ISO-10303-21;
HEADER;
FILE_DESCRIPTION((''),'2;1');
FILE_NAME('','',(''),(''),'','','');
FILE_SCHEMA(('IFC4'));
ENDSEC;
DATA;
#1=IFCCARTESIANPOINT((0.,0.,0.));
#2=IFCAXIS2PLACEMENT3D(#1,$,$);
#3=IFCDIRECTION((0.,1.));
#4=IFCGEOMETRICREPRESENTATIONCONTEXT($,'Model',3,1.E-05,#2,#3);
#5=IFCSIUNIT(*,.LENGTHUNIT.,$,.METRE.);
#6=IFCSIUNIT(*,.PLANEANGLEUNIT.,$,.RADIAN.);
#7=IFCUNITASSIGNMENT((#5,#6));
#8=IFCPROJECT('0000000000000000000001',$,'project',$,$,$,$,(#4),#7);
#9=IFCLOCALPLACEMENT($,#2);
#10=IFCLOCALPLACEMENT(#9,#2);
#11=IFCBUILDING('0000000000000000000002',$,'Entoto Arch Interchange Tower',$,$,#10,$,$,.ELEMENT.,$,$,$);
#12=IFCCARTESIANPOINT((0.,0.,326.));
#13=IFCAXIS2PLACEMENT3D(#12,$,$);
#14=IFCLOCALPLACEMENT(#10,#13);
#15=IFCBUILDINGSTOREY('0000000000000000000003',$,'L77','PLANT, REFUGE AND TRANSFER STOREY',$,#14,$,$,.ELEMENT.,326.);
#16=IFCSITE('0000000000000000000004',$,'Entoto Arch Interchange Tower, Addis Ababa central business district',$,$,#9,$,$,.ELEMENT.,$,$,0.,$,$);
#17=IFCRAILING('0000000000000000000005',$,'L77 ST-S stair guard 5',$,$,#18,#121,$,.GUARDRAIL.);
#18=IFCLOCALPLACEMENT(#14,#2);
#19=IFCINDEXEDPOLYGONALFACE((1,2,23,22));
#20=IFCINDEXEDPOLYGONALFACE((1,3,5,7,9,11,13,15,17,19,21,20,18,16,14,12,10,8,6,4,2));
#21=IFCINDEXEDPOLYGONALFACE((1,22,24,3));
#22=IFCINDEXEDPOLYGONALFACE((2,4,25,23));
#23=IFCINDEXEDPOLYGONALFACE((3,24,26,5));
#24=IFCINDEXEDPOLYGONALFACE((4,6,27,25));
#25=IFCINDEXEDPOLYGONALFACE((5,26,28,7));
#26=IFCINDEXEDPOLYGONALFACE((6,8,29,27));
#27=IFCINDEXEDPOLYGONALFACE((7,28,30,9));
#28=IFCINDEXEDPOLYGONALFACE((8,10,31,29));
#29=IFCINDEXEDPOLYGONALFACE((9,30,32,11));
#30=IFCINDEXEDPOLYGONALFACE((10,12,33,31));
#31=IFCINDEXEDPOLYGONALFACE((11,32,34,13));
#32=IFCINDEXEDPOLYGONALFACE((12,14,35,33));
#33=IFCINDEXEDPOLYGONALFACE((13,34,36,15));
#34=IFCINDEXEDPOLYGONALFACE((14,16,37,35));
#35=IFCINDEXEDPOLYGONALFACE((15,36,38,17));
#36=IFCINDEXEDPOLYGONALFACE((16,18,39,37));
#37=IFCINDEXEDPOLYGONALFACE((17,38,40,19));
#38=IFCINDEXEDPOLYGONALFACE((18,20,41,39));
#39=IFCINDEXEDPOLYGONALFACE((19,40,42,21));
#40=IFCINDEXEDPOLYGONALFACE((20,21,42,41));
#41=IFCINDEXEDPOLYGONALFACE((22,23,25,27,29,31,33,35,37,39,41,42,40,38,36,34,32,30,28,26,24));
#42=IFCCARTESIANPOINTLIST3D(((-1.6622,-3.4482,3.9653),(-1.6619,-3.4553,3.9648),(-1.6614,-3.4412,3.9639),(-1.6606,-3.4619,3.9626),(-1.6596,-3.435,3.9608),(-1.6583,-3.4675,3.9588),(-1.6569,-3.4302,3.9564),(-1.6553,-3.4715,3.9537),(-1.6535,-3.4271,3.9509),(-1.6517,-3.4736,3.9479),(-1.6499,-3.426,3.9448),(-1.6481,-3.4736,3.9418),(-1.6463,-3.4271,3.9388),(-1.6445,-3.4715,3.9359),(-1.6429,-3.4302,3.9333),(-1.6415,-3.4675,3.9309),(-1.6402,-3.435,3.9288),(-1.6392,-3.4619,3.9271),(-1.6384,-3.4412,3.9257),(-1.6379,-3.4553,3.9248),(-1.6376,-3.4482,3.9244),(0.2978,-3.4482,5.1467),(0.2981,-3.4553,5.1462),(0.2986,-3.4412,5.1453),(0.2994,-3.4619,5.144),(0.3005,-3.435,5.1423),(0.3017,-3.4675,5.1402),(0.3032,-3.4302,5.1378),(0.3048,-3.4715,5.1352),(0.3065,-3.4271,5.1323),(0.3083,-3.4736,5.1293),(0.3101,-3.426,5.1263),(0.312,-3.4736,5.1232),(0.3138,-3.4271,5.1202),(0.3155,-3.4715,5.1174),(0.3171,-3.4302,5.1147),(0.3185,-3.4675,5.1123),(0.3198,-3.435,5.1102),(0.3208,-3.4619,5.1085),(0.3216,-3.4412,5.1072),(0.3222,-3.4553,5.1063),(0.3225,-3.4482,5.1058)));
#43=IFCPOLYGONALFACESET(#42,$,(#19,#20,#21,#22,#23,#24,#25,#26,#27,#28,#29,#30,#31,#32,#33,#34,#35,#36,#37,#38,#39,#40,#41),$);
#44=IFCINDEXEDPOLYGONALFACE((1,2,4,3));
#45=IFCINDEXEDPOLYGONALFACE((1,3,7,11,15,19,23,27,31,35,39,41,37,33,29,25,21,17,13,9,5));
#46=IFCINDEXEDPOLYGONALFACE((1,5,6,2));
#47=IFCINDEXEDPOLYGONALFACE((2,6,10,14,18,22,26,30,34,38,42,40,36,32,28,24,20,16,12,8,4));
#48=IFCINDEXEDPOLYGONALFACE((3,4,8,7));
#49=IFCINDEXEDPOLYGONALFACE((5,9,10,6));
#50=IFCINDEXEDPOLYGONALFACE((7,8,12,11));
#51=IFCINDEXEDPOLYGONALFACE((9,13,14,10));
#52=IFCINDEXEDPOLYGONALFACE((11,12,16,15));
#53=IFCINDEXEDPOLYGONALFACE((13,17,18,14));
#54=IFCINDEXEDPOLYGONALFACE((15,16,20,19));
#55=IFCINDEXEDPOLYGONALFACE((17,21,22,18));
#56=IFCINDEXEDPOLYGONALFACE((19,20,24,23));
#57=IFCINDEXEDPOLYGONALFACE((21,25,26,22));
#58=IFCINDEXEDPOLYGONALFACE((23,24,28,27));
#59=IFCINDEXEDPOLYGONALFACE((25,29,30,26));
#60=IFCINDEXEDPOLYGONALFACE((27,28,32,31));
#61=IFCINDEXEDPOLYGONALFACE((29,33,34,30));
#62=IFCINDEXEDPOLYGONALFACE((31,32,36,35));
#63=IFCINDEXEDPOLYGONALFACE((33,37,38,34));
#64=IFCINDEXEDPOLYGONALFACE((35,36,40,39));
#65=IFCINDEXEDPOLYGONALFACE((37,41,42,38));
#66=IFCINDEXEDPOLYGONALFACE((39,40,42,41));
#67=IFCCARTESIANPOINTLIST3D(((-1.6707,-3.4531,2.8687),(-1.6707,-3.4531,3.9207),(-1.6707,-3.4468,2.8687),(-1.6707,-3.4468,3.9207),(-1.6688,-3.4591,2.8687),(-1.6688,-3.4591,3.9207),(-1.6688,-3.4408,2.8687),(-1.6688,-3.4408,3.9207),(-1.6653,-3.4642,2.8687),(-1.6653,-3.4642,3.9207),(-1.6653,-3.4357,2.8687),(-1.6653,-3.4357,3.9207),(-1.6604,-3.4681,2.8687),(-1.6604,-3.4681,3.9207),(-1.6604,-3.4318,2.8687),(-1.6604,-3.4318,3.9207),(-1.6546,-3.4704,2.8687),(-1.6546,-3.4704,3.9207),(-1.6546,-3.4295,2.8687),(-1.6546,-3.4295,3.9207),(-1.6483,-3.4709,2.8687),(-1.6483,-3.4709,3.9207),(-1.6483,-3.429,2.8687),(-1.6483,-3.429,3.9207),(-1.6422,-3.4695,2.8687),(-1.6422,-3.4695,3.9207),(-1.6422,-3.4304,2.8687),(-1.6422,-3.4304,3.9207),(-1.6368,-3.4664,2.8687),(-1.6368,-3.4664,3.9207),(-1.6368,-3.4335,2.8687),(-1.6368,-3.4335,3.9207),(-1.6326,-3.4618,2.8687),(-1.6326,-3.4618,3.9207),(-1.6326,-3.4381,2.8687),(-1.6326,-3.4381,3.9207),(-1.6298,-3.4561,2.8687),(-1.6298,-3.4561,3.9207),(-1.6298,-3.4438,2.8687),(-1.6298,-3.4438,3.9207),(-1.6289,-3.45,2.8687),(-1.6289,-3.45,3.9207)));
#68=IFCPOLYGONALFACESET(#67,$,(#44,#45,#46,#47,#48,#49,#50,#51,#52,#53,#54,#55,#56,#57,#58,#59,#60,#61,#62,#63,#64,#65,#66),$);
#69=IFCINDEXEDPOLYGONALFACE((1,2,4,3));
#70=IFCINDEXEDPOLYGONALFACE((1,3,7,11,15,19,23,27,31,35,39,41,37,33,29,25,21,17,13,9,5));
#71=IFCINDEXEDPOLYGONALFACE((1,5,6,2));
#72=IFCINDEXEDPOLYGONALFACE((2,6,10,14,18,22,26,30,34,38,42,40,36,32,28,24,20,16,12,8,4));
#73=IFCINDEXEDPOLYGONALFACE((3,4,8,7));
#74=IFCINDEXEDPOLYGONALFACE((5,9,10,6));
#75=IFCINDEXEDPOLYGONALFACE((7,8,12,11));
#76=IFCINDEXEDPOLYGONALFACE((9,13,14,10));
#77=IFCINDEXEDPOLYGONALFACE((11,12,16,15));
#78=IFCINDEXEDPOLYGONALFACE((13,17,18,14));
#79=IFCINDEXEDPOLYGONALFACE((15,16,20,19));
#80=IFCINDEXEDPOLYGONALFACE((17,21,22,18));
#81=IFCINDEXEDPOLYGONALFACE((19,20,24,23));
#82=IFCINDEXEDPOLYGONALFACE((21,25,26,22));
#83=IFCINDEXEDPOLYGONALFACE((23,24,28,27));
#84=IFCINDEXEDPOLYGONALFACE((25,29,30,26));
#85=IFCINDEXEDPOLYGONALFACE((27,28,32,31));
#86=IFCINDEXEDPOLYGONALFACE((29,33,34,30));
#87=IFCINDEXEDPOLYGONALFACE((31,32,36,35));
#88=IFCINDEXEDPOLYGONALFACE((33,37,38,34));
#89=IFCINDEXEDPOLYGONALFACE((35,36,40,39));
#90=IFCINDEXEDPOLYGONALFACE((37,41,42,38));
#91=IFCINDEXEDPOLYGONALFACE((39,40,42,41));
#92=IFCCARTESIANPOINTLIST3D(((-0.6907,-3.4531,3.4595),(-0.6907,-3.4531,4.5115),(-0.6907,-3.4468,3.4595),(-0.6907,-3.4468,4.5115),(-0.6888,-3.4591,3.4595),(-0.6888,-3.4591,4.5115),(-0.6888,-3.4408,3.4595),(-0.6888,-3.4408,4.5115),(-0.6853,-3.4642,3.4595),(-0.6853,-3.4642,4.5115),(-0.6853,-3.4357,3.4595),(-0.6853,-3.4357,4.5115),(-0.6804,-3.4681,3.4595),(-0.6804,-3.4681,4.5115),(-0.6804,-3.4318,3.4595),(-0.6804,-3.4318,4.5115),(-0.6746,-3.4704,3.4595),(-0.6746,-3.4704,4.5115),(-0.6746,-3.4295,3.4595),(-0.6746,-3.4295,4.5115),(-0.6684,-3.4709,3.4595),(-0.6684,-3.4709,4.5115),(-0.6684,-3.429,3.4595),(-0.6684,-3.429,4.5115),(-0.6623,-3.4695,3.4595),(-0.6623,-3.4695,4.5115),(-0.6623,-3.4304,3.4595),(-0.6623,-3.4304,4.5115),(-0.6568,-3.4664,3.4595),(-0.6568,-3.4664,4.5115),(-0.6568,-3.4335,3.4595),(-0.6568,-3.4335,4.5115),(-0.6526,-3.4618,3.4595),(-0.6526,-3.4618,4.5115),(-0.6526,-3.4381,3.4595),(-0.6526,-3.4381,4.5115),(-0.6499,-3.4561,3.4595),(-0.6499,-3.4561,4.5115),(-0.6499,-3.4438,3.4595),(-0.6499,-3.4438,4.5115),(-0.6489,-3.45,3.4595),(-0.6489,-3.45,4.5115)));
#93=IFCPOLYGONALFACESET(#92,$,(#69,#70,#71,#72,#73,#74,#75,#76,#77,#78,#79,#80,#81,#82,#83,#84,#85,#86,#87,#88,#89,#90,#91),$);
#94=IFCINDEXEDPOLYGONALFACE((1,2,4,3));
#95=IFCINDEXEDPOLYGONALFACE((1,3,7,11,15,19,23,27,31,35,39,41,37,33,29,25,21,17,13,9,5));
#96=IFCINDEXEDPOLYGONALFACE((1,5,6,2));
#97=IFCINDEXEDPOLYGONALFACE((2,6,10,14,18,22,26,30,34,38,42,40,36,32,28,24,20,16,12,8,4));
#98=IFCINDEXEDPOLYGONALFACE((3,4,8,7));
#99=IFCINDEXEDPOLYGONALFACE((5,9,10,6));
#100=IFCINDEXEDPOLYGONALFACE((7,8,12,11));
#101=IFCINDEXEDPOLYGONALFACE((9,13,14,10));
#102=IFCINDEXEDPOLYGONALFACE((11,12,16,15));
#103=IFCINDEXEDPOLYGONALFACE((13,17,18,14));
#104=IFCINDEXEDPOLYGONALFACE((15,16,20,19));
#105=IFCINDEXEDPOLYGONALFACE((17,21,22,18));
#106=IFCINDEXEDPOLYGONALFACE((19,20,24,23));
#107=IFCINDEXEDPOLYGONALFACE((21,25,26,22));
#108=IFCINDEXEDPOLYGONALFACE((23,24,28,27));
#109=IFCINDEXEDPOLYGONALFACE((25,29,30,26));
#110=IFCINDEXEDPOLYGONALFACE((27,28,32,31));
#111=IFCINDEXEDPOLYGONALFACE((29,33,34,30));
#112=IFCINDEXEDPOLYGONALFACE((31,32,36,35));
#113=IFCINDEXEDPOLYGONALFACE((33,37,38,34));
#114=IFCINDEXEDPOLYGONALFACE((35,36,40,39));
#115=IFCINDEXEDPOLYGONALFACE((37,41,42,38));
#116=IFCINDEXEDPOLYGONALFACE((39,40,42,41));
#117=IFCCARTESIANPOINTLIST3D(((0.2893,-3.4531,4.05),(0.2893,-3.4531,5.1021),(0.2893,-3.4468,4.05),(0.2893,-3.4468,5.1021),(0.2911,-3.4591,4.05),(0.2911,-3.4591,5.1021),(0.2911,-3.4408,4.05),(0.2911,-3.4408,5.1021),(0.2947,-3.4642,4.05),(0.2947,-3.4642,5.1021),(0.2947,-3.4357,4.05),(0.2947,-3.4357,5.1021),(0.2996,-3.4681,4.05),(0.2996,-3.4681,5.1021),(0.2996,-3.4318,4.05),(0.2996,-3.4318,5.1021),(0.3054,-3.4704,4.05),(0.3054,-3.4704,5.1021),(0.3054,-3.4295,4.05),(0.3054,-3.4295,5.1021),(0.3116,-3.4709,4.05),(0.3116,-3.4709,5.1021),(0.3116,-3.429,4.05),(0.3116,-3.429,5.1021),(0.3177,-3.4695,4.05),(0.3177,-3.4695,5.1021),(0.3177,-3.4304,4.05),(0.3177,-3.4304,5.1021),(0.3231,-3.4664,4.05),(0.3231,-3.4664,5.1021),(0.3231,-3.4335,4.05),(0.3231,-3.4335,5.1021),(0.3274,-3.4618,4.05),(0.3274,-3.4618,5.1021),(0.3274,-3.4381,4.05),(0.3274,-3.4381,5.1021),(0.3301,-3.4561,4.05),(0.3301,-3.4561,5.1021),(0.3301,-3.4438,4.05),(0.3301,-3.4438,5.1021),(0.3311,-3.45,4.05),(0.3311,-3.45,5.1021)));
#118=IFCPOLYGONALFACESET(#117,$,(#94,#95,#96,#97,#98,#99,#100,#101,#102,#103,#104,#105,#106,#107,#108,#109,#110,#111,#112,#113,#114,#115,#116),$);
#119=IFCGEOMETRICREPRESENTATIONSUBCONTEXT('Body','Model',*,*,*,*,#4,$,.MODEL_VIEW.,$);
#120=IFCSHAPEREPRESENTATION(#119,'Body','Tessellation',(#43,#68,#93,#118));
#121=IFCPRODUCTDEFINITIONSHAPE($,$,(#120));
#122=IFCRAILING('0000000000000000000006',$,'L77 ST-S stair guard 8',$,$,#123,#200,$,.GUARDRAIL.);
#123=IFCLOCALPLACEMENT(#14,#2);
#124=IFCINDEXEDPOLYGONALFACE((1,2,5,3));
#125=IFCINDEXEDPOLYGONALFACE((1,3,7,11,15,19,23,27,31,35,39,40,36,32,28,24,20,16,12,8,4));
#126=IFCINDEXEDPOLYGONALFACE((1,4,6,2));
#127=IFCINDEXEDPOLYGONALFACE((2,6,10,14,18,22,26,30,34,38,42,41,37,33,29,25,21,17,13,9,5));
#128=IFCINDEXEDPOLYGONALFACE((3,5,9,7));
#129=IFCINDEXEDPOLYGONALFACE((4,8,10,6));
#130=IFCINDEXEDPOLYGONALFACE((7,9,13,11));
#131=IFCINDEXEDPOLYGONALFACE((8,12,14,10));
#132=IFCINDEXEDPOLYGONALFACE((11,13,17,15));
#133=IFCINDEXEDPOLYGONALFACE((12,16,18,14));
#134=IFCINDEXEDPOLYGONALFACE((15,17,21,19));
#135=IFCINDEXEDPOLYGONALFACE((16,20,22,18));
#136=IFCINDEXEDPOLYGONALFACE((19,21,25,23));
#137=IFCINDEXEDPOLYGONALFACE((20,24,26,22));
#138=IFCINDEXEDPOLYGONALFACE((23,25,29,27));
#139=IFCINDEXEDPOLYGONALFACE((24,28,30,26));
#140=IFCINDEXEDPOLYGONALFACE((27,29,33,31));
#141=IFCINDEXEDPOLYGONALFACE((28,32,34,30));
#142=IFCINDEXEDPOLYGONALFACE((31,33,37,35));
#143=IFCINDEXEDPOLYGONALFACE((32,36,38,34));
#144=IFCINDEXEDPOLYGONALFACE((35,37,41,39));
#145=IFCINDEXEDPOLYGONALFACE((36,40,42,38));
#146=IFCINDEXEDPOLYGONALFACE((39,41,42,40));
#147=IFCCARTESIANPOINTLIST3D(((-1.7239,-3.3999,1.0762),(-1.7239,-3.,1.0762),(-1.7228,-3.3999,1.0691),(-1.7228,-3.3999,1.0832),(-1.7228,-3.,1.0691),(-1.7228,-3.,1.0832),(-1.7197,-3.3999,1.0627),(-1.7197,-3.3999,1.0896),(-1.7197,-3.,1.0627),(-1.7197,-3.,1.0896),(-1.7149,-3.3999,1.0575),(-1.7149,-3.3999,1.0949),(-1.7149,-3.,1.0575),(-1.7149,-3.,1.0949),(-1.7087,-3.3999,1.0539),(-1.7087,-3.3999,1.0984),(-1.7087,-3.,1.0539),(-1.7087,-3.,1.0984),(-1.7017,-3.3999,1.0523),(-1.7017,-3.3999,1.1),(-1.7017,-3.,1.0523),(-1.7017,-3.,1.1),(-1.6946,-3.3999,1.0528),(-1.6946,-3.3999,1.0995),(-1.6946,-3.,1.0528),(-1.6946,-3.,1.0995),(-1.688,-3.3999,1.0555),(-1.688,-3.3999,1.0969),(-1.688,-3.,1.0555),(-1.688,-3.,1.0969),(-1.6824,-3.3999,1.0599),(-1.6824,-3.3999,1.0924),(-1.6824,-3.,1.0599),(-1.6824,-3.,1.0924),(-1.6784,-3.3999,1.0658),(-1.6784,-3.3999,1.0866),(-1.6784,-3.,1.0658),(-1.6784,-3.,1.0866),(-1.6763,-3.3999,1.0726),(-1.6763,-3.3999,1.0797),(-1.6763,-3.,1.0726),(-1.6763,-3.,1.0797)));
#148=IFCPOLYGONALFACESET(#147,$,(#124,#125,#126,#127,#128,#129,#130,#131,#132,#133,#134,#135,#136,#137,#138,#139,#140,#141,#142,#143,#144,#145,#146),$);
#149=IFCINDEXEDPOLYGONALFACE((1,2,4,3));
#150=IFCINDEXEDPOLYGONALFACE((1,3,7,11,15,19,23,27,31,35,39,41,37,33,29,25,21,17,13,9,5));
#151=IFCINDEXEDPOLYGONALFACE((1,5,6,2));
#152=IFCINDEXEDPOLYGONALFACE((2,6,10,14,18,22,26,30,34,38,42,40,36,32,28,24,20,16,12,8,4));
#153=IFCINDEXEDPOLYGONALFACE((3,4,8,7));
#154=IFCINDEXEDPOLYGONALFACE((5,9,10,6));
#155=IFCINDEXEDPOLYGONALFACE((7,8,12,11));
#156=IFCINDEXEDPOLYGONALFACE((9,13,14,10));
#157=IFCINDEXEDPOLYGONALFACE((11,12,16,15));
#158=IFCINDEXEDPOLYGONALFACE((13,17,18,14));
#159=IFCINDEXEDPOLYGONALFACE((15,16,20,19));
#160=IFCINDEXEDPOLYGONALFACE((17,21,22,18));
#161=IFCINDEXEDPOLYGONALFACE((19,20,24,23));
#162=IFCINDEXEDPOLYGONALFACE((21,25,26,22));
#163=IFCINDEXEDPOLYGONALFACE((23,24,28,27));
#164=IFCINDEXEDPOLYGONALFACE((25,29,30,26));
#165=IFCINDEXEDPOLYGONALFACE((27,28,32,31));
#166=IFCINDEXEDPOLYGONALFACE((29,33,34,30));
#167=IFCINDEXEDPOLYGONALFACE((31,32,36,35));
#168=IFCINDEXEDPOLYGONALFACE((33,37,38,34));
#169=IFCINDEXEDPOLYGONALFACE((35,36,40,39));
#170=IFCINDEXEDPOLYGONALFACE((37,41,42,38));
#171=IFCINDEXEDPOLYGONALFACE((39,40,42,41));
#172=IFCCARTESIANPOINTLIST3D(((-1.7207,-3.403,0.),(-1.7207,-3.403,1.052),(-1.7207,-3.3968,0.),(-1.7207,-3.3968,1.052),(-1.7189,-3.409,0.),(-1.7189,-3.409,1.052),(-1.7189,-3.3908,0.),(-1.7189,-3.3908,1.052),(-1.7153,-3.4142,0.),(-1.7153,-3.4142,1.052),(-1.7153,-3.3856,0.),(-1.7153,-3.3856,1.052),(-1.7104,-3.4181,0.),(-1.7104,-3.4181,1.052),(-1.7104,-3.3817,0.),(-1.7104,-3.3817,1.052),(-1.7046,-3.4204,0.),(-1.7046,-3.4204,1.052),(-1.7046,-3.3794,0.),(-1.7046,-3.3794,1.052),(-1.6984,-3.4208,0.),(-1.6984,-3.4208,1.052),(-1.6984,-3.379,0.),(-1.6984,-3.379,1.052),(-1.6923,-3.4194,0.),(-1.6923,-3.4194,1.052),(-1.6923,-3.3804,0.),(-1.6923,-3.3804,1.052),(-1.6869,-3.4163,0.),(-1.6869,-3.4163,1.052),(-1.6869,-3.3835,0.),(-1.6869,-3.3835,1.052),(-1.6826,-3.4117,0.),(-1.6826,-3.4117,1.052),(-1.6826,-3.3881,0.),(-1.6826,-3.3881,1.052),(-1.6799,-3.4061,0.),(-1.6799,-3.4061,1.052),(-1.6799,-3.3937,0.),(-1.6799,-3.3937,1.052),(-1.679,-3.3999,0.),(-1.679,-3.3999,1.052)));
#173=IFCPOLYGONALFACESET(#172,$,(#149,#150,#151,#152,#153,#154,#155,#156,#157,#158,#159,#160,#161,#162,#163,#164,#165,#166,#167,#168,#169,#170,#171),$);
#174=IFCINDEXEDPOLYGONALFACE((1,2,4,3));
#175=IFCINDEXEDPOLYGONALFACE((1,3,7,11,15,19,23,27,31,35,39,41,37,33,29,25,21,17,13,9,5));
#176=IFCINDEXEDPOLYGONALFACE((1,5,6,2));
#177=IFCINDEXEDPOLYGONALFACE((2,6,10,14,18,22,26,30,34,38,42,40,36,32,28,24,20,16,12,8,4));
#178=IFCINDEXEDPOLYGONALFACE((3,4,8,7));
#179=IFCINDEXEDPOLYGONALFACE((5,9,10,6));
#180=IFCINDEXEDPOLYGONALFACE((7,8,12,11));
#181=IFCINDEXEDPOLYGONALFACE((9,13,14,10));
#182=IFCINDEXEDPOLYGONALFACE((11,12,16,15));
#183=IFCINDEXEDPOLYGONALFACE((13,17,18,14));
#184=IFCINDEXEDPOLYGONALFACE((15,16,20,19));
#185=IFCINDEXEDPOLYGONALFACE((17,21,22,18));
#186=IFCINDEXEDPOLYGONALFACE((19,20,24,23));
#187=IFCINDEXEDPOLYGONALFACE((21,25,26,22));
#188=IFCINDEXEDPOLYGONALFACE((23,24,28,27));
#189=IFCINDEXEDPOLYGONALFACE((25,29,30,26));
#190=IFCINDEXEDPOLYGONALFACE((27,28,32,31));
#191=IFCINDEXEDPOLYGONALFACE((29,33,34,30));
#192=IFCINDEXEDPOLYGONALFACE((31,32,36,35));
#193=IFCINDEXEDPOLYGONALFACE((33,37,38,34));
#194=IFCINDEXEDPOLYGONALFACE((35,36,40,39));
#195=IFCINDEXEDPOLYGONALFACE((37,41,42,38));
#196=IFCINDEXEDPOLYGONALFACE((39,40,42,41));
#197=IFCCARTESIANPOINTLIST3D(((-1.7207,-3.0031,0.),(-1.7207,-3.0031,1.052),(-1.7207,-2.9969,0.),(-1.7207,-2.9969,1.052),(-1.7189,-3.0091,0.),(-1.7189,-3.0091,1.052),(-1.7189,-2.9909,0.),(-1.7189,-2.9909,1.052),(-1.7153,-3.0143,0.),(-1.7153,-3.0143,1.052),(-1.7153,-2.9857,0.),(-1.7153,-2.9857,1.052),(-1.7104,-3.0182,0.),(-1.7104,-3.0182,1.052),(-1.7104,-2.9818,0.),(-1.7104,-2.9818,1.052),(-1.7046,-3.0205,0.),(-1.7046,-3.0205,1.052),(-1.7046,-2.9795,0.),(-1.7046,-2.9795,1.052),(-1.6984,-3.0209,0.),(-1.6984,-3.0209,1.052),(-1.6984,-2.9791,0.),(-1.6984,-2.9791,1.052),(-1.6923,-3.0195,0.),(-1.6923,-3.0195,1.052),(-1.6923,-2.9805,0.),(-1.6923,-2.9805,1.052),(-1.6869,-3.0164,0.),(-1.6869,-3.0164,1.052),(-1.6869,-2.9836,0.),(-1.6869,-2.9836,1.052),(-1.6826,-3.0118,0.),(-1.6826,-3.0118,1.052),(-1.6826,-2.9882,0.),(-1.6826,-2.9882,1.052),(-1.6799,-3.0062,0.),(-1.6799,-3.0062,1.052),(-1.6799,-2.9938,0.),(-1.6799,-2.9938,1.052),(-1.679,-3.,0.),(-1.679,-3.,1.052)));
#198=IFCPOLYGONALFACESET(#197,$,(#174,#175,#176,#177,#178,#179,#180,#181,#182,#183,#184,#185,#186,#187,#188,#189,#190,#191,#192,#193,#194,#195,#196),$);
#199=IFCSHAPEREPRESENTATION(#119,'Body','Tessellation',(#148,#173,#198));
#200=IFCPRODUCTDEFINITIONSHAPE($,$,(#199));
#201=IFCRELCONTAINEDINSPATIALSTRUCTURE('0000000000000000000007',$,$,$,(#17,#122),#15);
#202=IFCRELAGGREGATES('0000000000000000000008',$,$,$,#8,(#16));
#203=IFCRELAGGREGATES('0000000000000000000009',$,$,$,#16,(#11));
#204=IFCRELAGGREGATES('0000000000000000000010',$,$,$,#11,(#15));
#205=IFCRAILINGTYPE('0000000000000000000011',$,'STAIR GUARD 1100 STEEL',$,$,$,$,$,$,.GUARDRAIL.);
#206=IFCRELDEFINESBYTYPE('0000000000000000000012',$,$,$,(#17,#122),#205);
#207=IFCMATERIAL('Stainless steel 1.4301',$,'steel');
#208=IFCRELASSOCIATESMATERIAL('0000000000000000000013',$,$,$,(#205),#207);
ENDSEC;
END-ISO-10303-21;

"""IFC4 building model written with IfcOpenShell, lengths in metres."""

from ifc_helpers import new_model, si_unit, direction, frame, origin, origin_2d, place, context, subcontext, project, spatial, circle, extrude, material, type_object, element, save


model = new_model("IFC4")

# Units and contexts
model_context = context("Model", 3, precision=1e-05, world=origin(), true_north=direction((0.0, 1.0)))
body_context = subcontext(model_context, "Body", "Model", "MODEL_VIEW")
ifc_project = project(units=[si_unit("LENGTHUNIT", "METRE"), si_unit("PLANEANGLEUNIT", "RADIAN")], contexts=[model_context])

# Site, building, storey
site_placement = place(None, origin())
site = spatial("IfcSite", under=ifc_project, at=site_placement, Name="Entoto Arch Interchange Tower, Addis Ababa central business district", CompositionType="ELEMENT", RefElevation=0.0)
building_placement = place(site_placement, origin())
building = spatial("IfcBuilding", under=site, at=building_placement, Name="Entoto Arch Interchange Tower", CompositionType="ELEMENT")
storey_placement = place(building_placement, frame((0.0, 0.0, 326.0)))
storey = spatial("IfcBuildingStorey", under=building, at=storey_placement, Name="L77", Description="PLANT, REFUGE AND TRANSFER STOREY", CompositionType="ELEMENT", Elevation=326.0)

# Railings
ifc_material_1 = material(Name="Stainless steel 1.4301", Category="steel")
railing_type_1 = type_object("IfcRailingType", Name="STAIR GUARD 1100 STEEL", PredefinedType="GUARDRAIL", material=ifc_material_1)
railing_1_placement = place(storey_placement, frame((-1.6499, -3.45, 2.8687)))
element("IfcRailing", 1, at=railing_1_placement, inside=storey, type_object=railing_type_1, Name="L77 ST-S stair guard 5", PredefinedType="GUARDRAIL", context=body_context, shape_type="SweptSolid", body=[
    extrude(circle(Radius=0.0239, at=origin_2d()), frame((0.0, 0.0, 1.0762), z_axis=(0.856446, 0.0, 0.516236), x_axis=(0.0, 1.0, 0.0)), (0.0, 0.0, 1.0), 2.2886),
    extrude(circle(Radius=0.021, at=origin_2d()), origin(), (0.0, 0.0, 1.0), 1.052),
    extrude(circle(Radius=0.021, at=origin_2d()), frame((0.98, 0.0, 0.5908)), (0.0, 0.0, 1.0), 1.052),
    extrude(circle(Radius=0.021, at=origin_2d()), frame((1.96, 0.0, 1.1814)), (0.0, 0.0, 1.0), 1.052),
])
railing_2_placement = place(storey_placement, frame((-1.7, -3.3999, 0.0)))
element("IfcRailing", 2, at=railing_2_placement, inside=storey, type_object=railing_type_1, Name="L77 ST-S stair guard 8", PredefinedType="GUARDRAIL", context=body_context, shape_type="SweptSolid", body=[
    extrude(circle(Radius=0.0239, at=origin_2d()), frame((0.0, 0.0, 1.0762), z_axis=(0.0, 1.0, 0.0), x_axis=(-1.0, 0.0, 0.0)), (0.0, 0.0, 1.0), 0.3999),
    extrude(circle(Radius=0.021, at=origin_2d()), origin(), (0.0, 0.0, 1.0), 1.052),
    extrude(circle(Radius=0.021, at=origin_2d()), frame((0.0, 0.3999, 0.0)), (0.0, 0.0, 1.0), 1.052),
])

save(model, "model.ifc")
